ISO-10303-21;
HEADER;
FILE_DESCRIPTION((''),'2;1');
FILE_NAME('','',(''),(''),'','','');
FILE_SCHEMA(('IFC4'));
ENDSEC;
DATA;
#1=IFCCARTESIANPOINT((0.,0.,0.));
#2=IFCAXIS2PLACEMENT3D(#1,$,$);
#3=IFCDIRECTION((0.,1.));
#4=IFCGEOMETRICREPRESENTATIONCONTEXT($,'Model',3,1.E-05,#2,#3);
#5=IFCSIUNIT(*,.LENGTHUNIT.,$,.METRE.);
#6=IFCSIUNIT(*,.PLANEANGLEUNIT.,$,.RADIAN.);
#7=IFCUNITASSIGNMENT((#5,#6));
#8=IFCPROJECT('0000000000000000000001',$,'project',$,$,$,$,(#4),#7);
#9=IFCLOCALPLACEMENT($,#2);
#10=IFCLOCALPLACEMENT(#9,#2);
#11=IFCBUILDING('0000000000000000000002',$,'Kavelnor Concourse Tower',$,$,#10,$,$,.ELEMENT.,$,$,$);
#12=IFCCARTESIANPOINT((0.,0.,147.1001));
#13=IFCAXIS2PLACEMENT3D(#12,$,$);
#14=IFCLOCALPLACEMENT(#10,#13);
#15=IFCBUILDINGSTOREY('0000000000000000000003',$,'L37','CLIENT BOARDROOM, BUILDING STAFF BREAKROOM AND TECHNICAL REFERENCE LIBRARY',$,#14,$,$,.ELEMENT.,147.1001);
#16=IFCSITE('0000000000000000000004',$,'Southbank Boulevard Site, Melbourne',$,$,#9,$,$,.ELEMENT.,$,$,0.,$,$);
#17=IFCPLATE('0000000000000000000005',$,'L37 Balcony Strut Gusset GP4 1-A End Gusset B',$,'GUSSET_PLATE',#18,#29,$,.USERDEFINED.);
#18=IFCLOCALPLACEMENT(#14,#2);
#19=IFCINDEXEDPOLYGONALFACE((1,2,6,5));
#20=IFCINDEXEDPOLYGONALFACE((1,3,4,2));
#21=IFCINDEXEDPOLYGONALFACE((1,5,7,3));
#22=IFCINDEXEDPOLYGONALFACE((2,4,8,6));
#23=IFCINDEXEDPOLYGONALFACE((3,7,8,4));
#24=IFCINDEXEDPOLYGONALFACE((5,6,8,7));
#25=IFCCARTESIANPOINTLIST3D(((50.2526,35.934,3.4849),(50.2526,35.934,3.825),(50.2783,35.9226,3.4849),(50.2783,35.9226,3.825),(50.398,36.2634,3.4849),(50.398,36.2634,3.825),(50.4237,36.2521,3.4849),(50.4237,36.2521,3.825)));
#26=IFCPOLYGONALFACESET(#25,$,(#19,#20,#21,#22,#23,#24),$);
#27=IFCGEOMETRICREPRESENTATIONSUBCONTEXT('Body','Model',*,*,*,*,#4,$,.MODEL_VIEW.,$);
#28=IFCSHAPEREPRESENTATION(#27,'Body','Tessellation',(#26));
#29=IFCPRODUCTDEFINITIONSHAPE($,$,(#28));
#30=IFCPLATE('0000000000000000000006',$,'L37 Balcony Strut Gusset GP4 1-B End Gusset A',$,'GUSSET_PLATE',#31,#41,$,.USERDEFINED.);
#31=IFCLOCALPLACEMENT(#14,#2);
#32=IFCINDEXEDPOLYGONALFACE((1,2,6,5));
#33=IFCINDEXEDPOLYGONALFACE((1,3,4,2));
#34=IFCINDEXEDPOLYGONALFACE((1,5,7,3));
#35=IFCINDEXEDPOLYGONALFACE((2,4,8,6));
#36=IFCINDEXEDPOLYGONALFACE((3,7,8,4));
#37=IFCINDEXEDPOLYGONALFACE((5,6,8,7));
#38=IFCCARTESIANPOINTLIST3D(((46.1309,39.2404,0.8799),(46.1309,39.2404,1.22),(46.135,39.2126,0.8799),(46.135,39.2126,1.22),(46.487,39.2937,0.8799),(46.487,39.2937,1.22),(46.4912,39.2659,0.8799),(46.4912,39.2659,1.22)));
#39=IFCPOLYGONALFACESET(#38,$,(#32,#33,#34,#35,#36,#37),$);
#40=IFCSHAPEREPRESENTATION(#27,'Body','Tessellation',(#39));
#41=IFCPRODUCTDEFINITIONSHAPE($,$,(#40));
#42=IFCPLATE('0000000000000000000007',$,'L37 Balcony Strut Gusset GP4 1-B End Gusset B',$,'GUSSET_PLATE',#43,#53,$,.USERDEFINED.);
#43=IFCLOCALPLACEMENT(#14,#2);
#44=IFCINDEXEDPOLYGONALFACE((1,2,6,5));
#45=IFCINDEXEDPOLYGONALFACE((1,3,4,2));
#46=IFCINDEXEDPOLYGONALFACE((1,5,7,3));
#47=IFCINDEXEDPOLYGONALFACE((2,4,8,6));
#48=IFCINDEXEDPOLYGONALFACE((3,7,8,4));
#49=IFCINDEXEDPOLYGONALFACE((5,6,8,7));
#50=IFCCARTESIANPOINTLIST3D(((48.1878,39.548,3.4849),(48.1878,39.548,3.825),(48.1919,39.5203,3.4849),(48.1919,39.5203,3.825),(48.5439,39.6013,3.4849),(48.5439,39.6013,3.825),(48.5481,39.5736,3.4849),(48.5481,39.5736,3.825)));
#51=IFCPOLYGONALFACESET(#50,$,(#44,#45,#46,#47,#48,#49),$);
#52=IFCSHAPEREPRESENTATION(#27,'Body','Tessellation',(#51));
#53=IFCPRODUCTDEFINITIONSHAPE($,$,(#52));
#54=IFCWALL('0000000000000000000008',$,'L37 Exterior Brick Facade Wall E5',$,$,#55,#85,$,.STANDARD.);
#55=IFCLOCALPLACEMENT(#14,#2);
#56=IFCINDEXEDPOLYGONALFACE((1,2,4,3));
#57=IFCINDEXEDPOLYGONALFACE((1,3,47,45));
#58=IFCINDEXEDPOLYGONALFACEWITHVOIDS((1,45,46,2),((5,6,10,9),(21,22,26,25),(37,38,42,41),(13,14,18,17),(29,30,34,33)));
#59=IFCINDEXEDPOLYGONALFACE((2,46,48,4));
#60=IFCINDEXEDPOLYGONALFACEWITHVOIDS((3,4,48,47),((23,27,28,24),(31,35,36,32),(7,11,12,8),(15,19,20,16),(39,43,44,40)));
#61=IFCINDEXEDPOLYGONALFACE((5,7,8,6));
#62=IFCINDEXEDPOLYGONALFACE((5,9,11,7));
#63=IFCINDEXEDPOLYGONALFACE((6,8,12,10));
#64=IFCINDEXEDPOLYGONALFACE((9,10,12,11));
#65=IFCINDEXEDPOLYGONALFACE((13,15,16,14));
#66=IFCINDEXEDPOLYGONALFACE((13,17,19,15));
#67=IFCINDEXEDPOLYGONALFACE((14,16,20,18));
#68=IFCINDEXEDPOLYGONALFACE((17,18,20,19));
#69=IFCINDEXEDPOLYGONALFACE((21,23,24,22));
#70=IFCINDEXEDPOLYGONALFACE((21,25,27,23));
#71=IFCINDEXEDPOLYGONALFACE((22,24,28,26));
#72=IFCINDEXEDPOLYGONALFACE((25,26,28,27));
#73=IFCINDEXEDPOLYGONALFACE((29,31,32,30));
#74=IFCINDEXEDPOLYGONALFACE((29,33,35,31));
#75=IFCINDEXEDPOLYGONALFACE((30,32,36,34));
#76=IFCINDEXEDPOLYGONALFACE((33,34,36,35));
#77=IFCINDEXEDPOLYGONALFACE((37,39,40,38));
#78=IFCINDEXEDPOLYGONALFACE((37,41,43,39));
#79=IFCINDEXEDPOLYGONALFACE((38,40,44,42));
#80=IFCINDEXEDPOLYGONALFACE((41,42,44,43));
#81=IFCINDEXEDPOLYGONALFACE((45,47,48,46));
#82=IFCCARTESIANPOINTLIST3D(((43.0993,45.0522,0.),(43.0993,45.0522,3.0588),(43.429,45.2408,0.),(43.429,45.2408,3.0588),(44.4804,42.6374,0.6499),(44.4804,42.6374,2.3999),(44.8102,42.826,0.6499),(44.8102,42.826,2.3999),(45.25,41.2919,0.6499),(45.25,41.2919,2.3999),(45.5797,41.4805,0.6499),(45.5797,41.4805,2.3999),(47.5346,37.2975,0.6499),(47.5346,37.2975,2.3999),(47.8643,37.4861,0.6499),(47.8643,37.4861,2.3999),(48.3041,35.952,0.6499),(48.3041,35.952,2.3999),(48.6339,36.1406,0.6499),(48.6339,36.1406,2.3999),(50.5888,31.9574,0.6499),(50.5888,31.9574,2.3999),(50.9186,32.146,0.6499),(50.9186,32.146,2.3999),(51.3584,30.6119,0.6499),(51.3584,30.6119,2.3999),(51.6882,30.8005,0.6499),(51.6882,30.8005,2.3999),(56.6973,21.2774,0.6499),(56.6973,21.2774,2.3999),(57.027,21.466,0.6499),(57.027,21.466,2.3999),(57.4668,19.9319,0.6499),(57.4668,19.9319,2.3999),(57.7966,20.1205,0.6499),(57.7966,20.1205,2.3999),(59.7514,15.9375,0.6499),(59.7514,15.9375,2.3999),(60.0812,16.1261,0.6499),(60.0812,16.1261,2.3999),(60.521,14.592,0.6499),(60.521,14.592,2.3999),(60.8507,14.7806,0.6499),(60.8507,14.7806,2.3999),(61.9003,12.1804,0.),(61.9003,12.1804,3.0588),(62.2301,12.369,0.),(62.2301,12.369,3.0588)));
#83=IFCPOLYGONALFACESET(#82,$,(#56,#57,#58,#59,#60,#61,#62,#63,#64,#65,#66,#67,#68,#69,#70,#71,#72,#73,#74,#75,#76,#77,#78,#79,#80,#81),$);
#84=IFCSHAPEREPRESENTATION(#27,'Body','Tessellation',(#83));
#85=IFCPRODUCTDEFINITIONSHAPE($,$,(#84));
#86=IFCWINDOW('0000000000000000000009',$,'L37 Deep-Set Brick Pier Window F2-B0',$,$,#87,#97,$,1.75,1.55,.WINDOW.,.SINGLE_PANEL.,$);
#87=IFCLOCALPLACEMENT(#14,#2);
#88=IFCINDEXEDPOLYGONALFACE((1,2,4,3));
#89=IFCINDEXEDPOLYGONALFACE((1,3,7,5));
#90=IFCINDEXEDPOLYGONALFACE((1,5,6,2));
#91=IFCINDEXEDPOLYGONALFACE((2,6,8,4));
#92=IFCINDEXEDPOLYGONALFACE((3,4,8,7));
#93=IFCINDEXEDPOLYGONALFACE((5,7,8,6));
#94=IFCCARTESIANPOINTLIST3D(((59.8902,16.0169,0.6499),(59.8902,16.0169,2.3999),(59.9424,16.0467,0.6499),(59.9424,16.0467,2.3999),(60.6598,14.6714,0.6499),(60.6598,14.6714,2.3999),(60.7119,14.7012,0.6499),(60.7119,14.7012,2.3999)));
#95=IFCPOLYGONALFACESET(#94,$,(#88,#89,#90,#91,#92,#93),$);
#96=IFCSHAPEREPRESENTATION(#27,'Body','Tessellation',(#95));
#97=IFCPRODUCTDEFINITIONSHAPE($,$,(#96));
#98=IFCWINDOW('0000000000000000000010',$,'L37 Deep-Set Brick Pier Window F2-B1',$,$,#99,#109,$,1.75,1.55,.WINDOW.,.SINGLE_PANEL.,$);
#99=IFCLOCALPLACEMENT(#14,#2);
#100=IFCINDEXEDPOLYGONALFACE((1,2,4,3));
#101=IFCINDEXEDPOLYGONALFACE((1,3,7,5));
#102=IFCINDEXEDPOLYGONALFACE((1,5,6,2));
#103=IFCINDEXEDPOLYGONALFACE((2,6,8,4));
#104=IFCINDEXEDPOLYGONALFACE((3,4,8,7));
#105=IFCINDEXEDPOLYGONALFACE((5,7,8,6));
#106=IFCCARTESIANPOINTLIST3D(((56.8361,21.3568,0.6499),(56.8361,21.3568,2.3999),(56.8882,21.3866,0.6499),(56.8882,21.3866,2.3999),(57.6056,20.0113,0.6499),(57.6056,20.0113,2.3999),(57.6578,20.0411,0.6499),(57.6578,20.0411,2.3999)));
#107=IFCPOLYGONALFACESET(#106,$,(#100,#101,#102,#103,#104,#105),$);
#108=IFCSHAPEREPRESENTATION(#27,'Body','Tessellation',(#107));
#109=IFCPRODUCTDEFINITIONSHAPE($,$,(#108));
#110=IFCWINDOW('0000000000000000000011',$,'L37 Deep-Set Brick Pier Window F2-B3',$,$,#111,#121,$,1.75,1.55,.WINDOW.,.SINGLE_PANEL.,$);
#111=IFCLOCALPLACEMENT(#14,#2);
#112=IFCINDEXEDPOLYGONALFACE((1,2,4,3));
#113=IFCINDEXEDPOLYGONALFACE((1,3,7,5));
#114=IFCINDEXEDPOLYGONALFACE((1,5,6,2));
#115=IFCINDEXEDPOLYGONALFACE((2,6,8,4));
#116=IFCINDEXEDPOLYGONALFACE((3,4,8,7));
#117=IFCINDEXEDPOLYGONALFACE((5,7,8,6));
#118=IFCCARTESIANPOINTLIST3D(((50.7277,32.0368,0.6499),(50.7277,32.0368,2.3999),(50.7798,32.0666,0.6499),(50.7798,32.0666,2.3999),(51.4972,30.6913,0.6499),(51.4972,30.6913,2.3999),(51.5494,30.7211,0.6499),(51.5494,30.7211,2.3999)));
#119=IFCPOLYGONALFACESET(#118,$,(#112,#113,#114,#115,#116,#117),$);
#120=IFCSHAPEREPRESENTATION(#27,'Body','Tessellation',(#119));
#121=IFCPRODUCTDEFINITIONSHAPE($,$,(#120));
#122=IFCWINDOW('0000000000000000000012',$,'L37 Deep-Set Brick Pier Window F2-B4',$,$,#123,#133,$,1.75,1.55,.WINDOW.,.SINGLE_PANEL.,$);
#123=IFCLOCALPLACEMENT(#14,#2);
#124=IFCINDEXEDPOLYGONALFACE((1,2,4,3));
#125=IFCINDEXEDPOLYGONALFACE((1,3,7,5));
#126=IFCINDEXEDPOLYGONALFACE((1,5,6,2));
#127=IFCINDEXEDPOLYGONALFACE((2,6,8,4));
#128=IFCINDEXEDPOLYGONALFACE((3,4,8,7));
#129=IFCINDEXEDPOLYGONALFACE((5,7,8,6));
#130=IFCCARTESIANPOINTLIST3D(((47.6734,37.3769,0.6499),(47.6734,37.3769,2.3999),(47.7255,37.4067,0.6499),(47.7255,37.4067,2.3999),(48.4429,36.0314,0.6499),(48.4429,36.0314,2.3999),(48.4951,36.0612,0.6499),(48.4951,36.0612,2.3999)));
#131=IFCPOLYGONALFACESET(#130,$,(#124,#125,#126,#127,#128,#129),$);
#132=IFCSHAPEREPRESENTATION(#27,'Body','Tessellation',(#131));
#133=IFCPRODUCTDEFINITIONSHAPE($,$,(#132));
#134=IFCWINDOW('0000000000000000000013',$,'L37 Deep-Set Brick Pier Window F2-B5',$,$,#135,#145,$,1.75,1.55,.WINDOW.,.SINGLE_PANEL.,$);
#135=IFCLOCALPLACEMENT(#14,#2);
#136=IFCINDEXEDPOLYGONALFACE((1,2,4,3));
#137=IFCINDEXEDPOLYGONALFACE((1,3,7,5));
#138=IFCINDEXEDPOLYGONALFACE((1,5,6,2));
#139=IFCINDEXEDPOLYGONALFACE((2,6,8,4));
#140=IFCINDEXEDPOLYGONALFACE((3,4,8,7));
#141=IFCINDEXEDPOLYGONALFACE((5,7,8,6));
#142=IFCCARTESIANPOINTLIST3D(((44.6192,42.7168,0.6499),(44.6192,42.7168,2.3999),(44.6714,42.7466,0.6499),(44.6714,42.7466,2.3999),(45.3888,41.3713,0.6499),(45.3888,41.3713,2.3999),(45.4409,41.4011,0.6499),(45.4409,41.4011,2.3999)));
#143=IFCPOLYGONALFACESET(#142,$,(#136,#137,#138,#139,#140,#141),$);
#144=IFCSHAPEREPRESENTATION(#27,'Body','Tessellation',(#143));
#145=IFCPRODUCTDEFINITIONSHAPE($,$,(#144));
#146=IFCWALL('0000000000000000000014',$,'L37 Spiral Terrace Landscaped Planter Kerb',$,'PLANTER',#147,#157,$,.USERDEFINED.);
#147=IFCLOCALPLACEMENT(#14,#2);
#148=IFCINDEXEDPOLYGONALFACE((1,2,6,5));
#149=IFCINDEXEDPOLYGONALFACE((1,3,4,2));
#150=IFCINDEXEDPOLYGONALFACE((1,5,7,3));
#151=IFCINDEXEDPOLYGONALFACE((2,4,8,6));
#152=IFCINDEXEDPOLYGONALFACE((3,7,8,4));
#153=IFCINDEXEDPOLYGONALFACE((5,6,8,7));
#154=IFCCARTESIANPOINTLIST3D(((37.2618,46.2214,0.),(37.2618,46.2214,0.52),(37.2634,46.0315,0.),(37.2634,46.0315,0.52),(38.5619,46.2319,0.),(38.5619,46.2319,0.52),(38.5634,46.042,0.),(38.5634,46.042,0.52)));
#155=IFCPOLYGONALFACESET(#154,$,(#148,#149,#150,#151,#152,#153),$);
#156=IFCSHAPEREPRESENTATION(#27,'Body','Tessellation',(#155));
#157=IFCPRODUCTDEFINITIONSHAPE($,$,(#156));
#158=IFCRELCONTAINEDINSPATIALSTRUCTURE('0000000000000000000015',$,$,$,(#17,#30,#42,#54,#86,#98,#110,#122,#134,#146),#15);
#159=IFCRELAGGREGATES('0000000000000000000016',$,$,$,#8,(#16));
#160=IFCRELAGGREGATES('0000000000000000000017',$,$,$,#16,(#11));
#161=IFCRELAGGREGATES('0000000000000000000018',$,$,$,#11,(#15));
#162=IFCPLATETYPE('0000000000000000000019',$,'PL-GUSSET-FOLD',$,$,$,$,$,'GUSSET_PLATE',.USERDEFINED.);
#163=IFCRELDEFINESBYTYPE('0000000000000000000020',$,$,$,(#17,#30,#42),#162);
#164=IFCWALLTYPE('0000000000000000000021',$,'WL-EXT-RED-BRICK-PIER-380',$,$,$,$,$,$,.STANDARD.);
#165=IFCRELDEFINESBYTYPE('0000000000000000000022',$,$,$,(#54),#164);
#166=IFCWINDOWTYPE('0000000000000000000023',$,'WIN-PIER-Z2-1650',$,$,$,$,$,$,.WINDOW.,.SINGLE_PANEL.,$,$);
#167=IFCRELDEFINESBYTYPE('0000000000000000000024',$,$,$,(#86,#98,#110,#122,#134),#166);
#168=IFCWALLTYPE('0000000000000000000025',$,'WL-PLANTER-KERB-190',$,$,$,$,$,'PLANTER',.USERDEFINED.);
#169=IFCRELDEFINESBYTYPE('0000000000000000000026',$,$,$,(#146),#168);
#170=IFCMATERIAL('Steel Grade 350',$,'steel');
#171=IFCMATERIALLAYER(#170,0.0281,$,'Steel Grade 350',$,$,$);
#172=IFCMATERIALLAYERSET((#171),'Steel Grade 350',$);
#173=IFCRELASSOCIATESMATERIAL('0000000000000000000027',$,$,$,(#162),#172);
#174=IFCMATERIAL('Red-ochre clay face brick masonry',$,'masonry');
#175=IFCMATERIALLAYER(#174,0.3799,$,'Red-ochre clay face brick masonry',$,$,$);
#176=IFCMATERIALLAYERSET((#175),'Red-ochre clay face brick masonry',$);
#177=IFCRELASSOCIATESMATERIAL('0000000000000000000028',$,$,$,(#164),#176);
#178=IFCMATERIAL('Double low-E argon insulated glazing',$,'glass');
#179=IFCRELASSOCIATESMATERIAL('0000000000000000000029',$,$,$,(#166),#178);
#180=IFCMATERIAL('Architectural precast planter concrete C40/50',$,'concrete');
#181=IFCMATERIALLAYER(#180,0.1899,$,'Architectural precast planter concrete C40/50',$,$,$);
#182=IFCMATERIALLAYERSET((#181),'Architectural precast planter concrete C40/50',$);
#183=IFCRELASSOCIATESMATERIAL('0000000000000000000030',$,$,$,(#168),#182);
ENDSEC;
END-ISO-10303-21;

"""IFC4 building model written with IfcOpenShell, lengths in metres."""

from ifc_helpers import new_model, si_unit, direction, frame, frame_2d, origin, origin_2d, place, context, subcontext, project, spatial, rectangle, extrude, material, layer, layer_set, type_object, element, fill, save


model = new_model("IFC4")

# Units and contexts
model_context = context("Model", 3, precision=1e-05, world=origin(), true_north=direction((0.0, 1.0)))
body_context = subcontext(model_context, "Body", "Model", "MODEL_VIEW")
ifc_project = project(units=[si_unit("LENGTHUNIT", "METRE"), si_unit("PLANEANGLEUNIT", "RADIAN")], contexts=[model_context])

# Site, building, storey
site_placement = place(None, origin())
site = spatial("IfcSite", under=ifc_project, at=site_placement, Name="Southbank Boulevard Site, Melbourne", CompositionType="ELEMENT", RefElevation=0.0)
building_placement = place(site_placement, origin())
building = spatial("IfcBuilding", under=site, at=building_placement, Name="Kavelnor Concourse Tower", CompositionType="ELEMENT")
storey_placement = place(building_placement, frame((0.0, 0.0, 147.1001)))
storey = spatial("IfcBuildingStorey", under=building, at=storey_placement, Name="L37", Description="CLIENT BOARDROOM, BUILDING STAFF BREAKROOM AND TECHNICAL REFERENCE LIBRARY", CompositionType="ELEMENT", Elevation=147.1001)

# Shared definitions
ifc_material_1 = material(Name="Steel Grade 350", Category="steel")

# Plates
ifc_layer_1 = layer(ifc_material_1, 0.0281, Name="Steel Grade 350")
ifc_layer_set_1 = layer_set([ifc_layer_1], Name="Steel Grade 350")
plate_type = type_object("IfcPlateType", Name="PL-GUSSET-FOLD", ElementType="GUSSET_PLATE", PredefinedType="USERDEFINED", material=ifc_layer_set_1)
for number, where, z_axis, x_axis, name in (
    (1, (50.3381, 36.093, 3.4849), (0.0, 0.0, 1.0), (0.403705, 0.914889, 0.0), "L37 Balcony Strut Gusset GP4 1-A End Gusset B"),
    (2, (46.311, 39.2532, 0.8799), (0.0, 0.0, 1.0), (0.98899, 0.147982, 0.0), "L37 Balcony Strut Gusset GP4 1-B End Gusset A"),
    (3, (48.3679, 39.5608, 3.4849), (0.0, 0.0, 1.0), (0.98899, 0.147982, 0.0), "L37 Balcony Strut Gusset GP4 1-B End Gusset B"),
):
    element("IfcPlate", number, at=place(storey_placement, frame(where, z_axis=z_axis, x_axis=x_axis)), inside=storey, type_object=plate_type, Name=name, ObjectType="GUSSET_PLATE", PredefinedType="USERDEFINED", context=body_context, shape_type="SweptSolid", body=[
        extrude(rectangle(XDim=0.3601, YDim=0.0281, at=origin_2d()), origin(), (0.0, 0.0, 1.0), 0.3401),
    ])

# Wall, openings, windows
ifc_material_2 = material(Name="Red-ochre clay face brick masonry", Category="masonry")
ifc_layer_2 = layer(ifc_material_2, 0.3799, Name="Red-ochre clay face brick masonry")
ifc_layer_set_2 = layer_set([ifc_layer_2], Name="Red-ochre clay face brick masonry")
wall_type_1 = type_object("IfcWallType", Name="WL-EXT-RED-BRICK-PIER-380", PredefinedType="STANDARD", material=ifc_layer_set_2)
wall_1_placement = place(storey_placement, frame((43.2642, 45.1465, 0.0), z_axis=(0.0, 0.0, 1.0), x_axis=(0.49648, -0.868048, 0.0)))
wall_1 = element("IfcWall", 4, at=wall_1_placement, inside=storey, type_object=wall_type_1, Name="L37 Exterior Brick Facade Wall E5", PredefinedType="STANDARD", context=body_context, shape_type="SweptSolid", body=[
    extrude(rectangle(XDim=37.8687, YDim=0.3799, at=frame_2d((18.9343, 0.0))), origin(), (0.0, 0.0, 1.0), 3.0588),
])
opening_1_placement = place(wall_1_placement, frame((33.5405, 0.0, 0.6499)))
opening_1 = element("IfcOpeningElement", 5, at=opening_1_placement, cuts=wall_1, PredefinedType="OPENING", context=body_context, shape_type="SweptSolid", body=[
    extrude(rectangle(XDim=1.55, YDim=1.75, at=frame_2d((0.7749, 0.875))), frame((0.0, 0.2, 0.0), z_axis=(0.0, -1.0, 0.0), x_axis=(1.0, 0.0, 0.0)), (0.0, 0.0, 1.0), 0.3999),
])
opening_2_placement = place(wall_1_placement, frame((27.3889, 0.0, 0.6499)))
opening_2 = element("IfcOpeningElement", 6, at=opening_2_placement, cuts=wall_1, PredefinedType="OPENING", context=body_context, shape_type="SweptSolid", body=[
    extrude(rectangle(XDim=1.55, YDim=1.75, at=frame_2d((0.7749, 0.875))), frame((0.0, 0.2, 0.0), z_axis=(0.0, -1.0, 0.0), x_axis=(1.0, 0.0, 0.0)), (0.0, 0.0, 1.0), 0.3999),
])
opening_3_placement = place(wall_1_placement, frame((15.0854, 0.0, 0.6499)))
opening_3 = element("IfcOpeningElement", 7, at=opening_3_placement, cuts=wall_1, PredefinedType="OPENING", context=body_context, shape_type="SweptSolid", body=[
    extrude(rectangle(XDim=1.55, YDim=1.75, at=frame_2d((0.7749, 0.875))), frame((0.0, 0.2, 0.0), z_axis=(0.0, -1.0, 0.0), x_axis=(1.0, 0.0, 0.0)), (0.0, 0.0, 1.0), 0.3999),
])
opening_4_placement = place(wall_1_placement, frame((8.9336, 0.0, 0.6499)))
opening_4 = element("IfcOpeningElement", 8, at=opening_4_placement, cuts=wall_1, PredefinedType="OPENING", context=body_context, shape_type="SweptSolid", body=[
    extrude(rectangle(XDim=1.55, YDim=1.75, at=frame_2d((0.7749, 0.875))), frame((0.0, 0.2, 0.0), z_axis=(0.0, -1.0, 0.0), x_axis=(1.0, 0.0, 0.0)), (0.0, 0.0, 1.0), 0.3999),
])
opening_5_placement = place(wall_1_placement, frame((2.782, 0.0, 0.6499)))
opening_5 = element("IfcOpeningElement", 9, at=opening_5_placement, cuts=wall_1, PredefinedType="OPENING", context=body_context, shape_type="SweptSolid", body=[
    extrude(rectangle(XDim=1.55, YDim=1.75, at=frame_2d((0.7749, 0.875))), frame((0.0, 0.2, 0.0), z_axis=(0.0, -1.0, 0.0), x_axis=(1.0, 0.0, 0.0)), (0.0, 0.0, 1.0), 0.3999),
])
ifc_material_3 = material(Name="Double low-E argon insulated glazing", Category="glass")
window_type = type_object("IfcWindowType", Name="WIN-PIER-Z2-1650", PartitioningType="SINGLE_PANEL", PredefinedType="WINDOW", material=ifc_material_3)
window_1_placement = place(opening_1_placement, origin())
window_1 = element("IfcWindow", 10, at=window_1_placement, inside=storey, type_object=window_type, Name="L37 Deep-Set Brick Pier Window F2-B0", OverallHeight=1.75, OverallWidth=1.55, PartitioningType="SINGLE_PANEL", PredefinedType="WINDOW", context=body_context, shape_type="SweptSolid", body=[
    extrude(rectangle(XDim=1.55, YDim=1.75, at=frame_2d((0.7749, 0.875))), frame((0.0, 0.03, 0.0), z_axis=(0.0, -1.0, 0.0), x_axis=(1.0, 0.0, 0.0)), (0.0, 0.0, 1.0), 0.0601),
])
fill(opening_1, window_1)
window_2_placement = place(opening_2_placement, origin())
window_2 = element("IfcWindow", 11, at=window_2_placement, inside=storey, type_object=window_type, Name="L37 Deep-Set Brick Pier Window F2-B1", OverallHeight=1.75, OverallWidth=1.55, PartitioningType="SINGLE_PANEL", PredefinedType="WINDOW", context=body_context, shape_type="SweptSolid", body=[
    extrude(rectangle(XDim=1.55, YDim=1.75, at=frame_2d((0.7749, 0.875))), frame((0.0, 0.03, 0.0), z_axis=(0.0, -1.0, 0.0), x_axis=(1.0, 0.0, 0.0)), (0.0, 0.0, 1.0), 0.0601),
])
fill(opening_2, window_2)
window_3_placement = place(opening_3_placement, origin())
window_3 = element("IfcWindow", 12, at=window_3_placement, inside=storey, type_object=window_type, Name="L37 Deep-Set Brick Pier Window F2-B3", OverallHeight=1.75, OverallWidth=1.55, PartitioningType="SINGLE_PANEL", PredefinedType="WINDOW", context=body_context, shape_type="SweptSolid", body=[
    extrude(rectangle(XDim=1.55, YDim=1.75, at=frame_2d((0.7749, 0.875))), frame((0.0, 0.03, 0.0), z_axis=(0.0, -1.0, 0.0), x_axis=(1.0, 0.0, 0.0)), (0.0, 0.0, 1.0), 0.0601),
])
fill(opening_3, window_3)
window_4_placement = place(opening_4_placement, origin())
window_4 = element("IfcWindow", 13, at=window_4_placement, inside=storey, type_object=window_type, Name="L37 Deep-Set Brick Pier Window F2-B4", OverallHeight=1.75, OverallWidth=1.55, PartitioningType="SINGLE_PANEL", PredefinedType="WINDOW", context=body_context, shape_type="SweptSolid", body=[
    extrude(rectangle(XDim=1.55, YDim=1.75, at=frame_2d((0.7749, 0.875))), frame((0.0, 0.03, 0.0), z_axis=(0.0, -1.0, 0.0), x_axis=(1.0, 0.0, 0.0)), (0.0, 0.0, 1.0), 0.0601),
])
fill(opening_4, window_4)
window_5_placement = place(opening_5_placement, origin())
window_5 = element("IfcWindow", 14, at=window_5_placement, inside=storey, type_object=window_type, Name="L37 Deep-Set Brick Pier Window F2-B5", OverallHeight=1.75, OverallWidth=1.55, PartitioningType="SINGLE_PANEL", PredefinedType="WINDOW", context=body_context, shape_type="SweptSolid", body=[
    extrude(rectangle(XDim=1.55, YDim=1.75, at=frame_2d((0.7749, 0.875))), frame((0.0, 0.03, 0.0), z_axis=(0.0, -1.0, 0.0), x_axis=(1.0, 0.0, 0.0)), (0.0, 0.0, 1.0), 0.0601),
])
fill(opening_5, window_5)

# Wall
ifc_material_4 = material(Name="Architectural precast planter concrete C40/50", Category="concrete")
ifc_layer_3 = layer(ifc_material_4, 0.1899, Name="Architectural precast planter concrete C40/50")
ifc_layer_set_3 = layer_set([ifc_layer_3], Name="Architectural precast planter concrete C40/50")
wall_type_2 = type_object("IfcWallType", Name="WL-PLANTER-KERB-190", ElementType="PLANTER", PredefinedType="USERDEFINED", material=ifc_layer_set_3)
wall_2_placement = place(storey_placement, frame((38.5625, 46.137, 0.0), z_axis=(0.0, 0.0, 1.0), x_axis=(-0.999967, -0.008075, 0.0)))
element("IfcWall", 15, at=wall_2_placement, inside=storey, type_object=wall_type_2, Name="L37 Spiral Terrace Landscaped Planter Kerb", ObjectType="PLANTER", PredefinedType="USERDEFINED", context=body_context, shape_type="SweptSolid", body=[
    extrude(rectangle(XDim=1.3, YDim=0.1899, at=frame_2d((0.6499, 0.0))), origin(), (0.0, 0.0, 1.0), 0.52),
])

save(model, "model.ifc")
